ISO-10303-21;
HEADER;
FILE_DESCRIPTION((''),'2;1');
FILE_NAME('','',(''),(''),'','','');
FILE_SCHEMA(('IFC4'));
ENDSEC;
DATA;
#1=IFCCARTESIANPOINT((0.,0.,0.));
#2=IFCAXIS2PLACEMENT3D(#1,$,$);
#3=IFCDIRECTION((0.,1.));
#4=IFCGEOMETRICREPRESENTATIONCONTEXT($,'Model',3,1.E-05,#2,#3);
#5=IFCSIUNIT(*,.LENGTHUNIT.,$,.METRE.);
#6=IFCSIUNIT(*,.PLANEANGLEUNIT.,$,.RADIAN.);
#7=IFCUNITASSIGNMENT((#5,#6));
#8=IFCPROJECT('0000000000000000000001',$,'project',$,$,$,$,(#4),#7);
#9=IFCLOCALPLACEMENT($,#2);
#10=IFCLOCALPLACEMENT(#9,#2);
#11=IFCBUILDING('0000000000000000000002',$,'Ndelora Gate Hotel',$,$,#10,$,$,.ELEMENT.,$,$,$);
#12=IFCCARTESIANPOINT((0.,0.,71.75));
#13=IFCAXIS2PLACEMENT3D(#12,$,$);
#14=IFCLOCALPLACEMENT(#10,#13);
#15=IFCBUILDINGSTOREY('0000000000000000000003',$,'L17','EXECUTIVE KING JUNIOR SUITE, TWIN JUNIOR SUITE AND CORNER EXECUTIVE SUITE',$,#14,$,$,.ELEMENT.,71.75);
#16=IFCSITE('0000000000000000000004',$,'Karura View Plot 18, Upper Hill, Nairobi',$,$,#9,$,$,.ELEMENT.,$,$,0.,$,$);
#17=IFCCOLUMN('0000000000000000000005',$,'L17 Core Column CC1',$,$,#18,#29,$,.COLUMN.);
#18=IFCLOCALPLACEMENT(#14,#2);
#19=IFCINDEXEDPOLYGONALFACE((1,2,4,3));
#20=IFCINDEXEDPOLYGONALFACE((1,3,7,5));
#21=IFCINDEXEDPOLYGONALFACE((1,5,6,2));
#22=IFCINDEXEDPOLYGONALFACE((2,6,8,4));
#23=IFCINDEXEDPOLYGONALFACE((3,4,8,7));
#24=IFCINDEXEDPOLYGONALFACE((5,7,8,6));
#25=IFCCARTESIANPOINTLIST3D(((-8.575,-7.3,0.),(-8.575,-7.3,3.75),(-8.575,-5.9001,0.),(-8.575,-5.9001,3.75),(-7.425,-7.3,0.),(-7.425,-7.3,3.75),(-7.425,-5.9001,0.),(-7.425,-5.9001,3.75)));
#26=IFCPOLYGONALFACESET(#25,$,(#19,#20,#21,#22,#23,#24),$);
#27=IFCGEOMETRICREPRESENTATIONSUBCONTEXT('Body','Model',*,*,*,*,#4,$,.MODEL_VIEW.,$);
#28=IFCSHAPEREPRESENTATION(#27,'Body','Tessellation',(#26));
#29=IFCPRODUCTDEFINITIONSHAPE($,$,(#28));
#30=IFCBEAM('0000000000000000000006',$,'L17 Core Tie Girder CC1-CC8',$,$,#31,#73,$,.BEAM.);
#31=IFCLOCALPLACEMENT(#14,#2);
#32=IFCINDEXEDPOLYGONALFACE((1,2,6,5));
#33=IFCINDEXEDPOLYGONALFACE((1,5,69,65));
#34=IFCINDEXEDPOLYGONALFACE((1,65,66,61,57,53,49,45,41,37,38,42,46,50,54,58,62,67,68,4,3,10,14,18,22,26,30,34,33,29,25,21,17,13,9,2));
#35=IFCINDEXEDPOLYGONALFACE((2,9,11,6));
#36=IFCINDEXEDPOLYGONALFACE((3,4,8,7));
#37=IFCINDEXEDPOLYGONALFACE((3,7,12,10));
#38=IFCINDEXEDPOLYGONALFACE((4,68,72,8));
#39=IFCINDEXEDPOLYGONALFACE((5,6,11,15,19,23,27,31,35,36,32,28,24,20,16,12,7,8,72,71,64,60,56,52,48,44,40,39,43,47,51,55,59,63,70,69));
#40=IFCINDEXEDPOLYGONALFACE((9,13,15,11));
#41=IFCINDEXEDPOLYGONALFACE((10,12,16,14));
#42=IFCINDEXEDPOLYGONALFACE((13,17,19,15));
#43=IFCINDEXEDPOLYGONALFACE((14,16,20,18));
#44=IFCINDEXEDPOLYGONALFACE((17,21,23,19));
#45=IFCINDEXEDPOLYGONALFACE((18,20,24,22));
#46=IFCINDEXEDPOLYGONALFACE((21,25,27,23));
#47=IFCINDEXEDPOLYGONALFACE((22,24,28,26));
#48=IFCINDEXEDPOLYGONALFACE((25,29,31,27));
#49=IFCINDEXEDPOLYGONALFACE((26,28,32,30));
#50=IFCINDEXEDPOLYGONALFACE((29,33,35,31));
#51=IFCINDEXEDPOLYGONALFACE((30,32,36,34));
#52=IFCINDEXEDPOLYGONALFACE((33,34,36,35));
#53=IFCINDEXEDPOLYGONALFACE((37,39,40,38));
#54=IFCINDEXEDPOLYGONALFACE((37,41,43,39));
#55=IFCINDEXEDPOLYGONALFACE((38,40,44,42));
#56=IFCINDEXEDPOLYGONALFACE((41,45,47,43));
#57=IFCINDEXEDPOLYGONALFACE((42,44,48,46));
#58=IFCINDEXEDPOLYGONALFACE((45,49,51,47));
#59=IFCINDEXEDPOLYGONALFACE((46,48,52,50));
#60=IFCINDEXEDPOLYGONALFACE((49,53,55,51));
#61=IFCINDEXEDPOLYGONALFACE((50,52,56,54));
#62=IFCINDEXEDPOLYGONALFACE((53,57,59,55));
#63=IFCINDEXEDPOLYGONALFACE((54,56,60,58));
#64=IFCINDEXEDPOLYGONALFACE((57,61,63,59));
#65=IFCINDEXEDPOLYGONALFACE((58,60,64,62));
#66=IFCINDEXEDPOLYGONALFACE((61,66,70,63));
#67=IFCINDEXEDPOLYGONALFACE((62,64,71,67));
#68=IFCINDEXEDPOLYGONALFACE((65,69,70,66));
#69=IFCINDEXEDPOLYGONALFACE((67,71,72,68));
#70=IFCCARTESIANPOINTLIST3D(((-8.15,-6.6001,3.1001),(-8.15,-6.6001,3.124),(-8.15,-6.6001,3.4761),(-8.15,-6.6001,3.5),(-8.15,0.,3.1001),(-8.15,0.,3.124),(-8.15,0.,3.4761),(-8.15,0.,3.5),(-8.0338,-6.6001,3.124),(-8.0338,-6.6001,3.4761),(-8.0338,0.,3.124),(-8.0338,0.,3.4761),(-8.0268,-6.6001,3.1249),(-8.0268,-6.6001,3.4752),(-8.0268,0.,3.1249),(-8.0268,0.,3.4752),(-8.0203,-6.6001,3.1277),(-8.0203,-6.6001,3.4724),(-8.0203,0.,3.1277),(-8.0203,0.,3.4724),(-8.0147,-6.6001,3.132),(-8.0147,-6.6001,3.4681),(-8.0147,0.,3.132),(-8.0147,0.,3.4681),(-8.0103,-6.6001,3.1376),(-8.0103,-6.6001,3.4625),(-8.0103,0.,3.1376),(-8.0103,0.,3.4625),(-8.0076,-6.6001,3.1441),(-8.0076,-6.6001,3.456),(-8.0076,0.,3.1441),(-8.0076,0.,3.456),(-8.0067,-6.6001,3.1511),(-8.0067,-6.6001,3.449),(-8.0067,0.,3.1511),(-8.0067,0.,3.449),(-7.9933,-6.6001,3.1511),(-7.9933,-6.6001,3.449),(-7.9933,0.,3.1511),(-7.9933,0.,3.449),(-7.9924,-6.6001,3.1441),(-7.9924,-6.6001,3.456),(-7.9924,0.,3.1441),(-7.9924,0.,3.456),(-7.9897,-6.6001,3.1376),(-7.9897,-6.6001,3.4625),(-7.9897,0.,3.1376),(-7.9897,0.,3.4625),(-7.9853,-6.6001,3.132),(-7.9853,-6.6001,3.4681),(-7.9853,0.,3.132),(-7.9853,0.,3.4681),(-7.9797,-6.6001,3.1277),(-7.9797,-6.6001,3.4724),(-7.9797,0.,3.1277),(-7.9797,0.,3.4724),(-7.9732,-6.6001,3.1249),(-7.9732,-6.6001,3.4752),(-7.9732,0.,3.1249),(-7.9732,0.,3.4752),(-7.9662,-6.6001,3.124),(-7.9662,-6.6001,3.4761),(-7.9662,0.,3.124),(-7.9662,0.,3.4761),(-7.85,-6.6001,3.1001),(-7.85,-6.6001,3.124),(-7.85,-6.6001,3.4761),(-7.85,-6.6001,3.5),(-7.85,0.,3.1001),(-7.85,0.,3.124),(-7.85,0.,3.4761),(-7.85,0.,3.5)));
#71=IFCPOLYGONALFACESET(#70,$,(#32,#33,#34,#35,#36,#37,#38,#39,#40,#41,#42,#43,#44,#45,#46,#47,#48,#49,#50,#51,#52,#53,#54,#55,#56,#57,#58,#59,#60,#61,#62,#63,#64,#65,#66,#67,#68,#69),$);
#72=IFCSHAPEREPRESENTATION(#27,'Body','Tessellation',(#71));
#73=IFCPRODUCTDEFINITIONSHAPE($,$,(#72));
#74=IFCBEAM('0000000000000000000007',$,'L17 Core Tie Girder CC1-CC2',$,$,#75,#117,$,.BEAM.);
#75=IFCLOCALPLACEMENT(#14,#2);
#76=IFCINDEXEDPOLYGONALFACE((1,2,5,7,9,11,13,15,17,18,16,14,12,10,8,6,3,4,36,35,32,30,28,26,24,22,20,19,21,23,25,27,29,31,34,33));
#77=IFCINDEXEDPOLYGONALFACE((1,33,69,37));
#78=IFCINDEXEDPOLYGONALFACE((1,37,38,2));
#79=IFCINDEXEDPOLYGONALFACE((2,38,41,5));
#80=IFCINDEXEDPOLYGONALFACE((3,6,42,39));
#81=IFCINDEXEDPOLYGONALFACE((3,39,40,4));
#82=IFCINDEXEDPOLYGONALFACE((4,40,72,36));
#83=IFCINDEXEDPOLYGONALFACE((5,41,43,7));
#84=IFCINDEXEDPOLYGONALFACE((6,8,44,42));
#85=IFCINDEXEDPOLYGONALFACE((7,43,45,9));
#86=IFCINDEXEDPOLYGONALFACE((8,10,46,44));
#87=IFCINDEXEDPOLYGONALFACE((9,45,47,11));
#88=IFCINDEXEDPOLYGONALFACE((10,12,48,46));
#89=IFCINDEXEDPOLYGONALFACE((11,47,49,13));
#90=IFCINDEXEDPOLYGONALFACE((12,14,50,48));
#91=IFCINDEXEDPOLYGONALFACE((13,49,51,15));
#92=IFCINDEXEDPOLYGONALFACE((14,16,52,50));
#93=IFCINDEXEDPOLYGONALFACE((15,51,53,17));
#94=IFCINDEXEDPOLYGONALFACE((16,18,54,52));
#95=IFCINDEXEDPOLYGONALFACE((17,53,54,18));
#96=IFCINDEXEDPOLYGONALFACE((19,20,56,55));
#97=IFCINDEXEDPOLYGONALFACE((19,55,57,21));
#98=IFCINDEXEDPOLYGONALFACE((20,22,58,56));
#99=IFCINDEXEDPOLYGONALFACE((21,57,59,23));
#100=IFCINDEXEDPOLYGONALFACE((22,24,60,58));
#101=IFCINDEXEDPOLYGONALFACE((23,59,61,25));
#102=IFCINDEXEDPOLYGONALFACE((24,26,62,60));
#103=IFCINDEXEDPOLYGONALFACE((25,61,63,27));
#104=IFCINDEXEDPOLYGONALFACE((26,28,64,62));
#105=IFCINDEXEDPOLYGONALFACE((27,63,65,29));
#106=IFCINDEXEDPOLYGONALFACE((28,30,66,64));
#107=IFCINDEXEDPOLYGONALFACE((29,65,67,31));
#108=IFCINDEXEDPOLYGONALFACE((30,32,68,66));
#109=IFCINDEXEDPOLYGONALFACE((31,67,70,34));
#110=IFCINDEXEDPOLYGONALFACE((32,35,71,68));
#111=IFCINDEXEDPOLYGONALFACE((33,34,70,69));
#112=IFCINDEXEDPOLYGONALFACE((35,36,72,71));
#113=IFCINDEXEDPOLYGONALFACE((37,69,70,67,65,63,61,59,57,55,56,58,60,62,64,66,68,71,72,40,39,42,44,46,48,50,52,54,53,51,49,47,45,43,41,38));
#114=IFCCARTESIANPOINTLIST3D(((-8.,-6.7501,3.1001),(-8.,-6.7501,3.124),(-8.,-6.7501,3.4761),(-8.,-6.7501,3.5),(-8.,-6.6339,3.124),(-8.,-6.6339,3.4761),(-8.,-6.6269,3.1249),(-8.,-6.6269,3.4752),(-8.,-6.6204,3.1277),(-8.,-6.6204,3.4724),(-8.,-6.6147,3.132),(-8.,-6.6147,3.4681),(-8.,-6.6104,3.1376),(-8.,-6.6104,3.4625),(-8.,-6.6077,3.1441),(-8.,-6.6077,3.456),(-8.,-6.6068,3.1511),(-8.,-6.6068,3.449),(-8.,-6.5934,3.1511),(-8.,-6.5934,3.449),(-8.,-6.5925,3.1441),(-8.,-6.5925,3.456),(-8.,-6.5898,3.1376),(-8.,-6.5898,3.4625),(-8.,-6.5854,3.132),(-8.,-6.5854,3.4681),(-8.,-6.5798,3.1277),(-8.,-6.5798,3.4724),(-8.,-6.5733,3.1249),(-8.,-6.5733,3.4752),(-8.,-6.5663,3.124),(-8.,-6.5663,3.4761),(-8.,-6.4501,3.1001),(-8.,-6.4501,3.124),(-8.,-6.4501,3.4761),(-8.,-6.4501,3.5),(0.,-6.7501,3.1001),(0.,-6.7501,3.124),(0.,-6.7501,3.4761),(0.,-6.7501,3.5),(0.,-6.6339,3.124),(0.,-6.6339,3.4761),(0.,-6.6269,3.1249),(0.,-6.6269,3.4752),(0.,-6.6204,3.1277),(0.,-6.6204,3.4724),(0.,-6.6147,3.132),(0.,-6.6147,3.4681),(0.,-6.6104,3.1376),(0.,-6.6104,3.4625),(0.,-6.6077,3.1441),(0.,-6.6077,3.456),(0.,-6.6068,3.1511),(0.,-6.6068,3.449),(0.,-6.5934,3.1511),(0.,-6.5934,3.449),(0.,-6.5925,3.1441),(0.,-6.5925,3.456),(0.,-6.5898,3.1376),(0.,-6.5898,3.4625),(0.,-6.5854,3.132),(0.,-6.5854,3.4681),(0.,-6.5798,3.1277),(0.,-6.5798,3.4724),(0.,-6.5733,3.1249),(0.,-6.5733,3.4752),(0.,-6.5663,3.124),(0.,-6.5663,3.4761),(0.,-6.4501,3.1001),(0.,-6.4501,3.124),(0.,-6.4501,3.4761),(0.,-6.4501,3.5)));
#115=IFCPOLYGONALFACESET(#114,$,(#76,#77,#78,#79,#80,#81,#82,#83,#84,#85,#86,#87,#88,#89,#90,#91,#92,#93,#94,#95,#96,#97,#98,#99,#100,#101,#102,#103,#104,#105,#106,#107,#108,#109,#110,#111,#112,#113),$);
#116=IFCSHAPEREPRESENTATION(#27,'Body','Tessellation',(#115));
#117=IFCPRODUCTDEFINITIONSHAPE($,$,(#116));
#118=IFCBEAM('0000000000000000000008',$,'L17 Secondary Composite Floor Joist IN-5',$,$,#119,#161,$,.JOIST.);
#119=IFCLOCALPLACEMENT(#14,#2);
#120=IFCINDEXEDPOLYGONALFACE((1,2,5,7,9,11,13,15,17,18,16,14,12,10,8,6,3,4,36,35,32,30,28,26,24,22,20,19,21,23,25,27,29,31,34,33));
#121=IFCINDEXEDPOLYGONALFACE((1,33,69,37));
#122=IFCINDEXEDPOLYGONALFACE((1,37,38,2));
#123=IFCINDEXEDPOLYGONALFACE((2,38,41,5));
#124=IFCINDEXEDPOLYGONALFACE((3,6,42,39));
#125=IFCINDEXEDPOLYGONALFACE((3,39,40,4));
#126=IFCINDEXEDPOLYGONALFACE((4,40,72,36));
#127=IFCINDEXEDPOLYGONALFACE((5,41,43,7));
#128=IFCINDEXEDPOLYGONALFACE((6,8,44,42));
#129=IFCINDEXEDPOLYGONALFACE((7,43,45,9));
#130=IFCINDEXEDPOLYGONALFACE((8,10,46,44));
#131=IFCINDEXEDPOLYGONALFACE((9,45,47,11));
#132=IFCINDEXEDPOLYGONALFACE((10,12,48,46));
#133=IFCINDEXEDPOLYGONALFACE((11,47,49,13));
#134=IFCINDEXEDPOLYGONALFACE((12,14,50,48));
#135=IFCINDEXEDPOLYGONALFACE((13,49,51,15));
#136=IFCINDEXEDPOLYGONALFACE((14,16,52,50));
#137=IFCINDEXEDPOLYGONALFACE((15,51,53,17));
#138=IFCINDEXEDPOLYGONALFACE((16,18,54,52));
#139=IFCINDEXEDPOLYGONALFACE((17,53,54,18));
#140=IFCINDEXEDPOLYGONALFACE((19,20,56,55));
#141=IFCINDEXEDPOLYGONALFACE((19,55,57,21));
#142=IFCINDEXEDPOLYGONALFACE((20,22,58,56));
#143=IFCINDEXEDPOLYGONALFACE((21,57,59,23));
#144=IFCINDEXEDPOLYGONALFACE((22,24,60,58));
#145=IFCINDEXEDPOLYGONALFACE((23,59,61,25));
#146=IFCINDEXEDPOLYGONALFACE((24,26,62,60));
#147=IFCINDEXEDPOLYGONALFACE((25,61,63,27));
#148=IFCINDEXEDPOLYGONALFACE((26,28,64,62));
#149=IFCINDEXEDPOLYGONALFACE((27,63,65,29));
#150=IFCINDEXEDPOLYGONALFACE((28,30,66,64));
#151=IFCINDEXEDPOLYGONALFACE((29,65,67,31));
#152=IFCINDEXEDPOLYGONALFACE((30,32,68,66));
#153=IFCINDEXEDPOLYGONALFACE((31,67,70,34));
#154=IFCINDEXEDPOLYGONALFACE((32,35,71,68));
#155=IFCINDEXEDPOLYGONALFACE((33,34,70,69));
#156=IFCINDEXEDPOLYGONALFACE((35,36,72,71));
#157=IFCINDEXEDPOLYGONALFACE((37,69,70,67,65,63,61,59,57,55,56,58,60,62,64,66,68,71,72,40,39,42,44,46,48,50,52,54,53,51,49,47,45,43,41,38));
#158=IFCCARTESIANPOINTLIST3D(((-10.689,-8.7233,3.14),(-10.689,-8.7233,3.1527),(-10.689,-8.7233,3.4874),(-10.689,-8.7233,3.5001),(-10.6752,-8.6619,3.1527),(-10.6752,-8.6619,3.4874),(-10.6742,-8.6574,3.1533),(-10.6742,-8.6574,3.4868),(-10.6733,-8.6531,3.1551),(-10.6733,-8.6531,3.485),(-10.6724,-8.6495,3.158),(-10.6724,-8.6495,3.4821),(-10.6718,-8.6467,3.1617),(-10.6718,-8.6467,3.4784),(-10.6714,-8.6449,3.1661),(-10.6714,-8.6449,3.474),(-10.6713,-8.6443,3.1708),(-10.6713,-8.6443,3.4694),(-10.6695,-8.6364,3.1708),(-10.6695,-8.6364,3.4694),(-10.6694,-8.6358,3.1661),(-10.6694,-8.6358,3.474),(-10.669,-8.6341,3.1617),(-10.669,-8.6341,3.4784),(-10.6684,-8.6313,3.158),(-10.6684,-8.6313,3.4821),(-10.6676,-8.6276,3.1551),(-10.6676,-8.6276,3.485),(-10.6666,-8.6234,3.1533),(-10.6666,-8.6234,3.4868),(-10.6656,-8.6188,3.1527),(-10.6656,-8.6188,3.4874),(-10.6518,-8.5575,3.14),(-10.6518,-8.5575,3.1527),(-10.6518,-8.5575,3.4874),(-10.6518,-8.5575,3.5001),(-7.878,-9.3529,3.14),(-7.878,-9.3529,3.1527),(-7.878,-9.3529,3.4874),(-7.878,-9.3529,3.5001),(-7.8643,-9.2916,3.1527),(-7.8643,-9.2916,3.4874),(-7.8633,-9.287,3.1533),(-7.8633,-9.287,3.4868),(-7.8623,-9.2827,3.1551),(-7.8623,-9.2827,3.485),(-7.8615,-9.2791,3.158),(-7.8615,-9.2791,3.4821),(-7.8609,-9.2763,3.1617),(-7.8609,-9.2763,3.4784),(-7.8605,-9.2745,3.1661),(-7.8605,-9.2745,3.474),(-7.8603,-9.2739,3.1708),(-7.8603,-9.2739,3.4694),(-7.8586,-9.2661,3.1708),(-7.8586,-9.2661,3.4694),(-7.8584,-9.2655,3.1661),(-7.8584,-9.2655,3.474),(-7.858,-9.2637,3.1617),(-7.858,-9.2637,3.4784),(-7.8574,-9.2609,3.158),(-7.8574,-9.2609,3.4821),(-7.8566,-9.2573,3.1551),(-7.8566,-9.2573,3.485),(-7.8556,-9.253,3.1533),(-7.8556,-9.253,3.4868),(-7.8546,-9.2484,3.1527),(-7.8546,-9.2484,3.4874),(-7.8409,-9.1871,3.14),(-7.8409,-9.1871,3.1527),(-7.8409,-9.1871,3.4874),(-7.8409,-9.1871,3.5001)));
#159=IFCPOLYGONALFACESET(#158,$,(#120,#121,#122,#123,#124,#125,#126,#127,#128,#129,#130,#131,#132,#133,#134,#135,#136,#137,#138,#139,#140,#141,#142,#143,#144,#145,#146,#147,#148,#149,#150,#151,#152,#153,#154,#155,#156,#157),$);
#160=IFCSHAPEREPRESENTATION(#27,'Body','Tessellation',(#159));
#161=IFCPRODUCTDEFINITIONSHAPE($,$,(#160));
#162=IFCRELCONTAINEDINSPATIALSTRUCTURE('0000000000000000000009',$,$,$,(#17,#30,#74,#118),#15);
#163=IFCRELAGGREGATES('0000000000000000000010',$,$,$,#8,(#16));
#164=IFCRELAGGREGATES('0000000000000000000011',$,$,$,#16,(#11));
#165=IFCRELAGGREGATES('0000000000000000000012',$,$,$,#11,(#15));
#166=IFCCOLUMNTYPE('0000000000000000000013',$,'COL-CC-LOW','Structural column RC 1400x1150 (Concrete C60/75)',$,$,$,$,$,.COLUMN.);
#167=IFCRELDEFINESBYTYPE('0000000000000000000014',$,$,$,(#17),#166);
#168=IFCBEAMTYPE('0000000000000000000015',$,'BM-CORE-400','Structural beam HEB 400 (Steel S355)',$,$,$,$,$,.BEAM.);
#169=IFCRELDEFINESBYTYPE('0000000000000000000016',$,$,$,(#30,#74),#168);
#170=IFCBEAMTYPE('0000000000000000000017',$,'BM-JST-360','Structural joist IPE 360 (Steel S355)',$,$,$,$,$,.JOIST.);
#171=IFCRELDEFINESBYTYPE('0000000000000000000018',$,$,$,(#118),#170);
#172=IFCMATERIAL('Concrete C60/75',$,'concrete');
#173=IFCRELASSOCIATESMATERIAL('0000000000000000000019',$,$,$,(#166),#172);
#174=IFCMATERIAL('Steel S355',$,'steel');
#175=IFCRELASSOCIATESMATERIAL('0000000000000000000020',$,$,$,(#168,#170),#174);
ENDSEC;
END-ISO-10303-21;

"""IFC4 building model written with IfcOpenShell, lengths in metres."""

from ifc_helpers import new_model, si_unit, direction, frame, origin, origin_2d, place, context, subcontext, project, spatial, rectangle, i_section, extrude, material, material_profile, profile_set, type_object, element, save


model = new_model("IFC4")

# Units and contexts
model_context = context("Model", 3, precision=1e-05, world=origin(), true_north=direction((0.0, 1.0)))
body_context = subcontext(model_context, "Body", "Model", "MODEL_VIEW")
ifc_project = project(units=[si_unit("LENGTHUNIT", "METRE"), si_unit("PLANEANGLEUNIT", "RADIAN")], contexts=[model_context])

# Site, building, storey
site_placement = place(None, origin())
site = spatial("IfcSite", under=ifc_project, at=site_placement, Name="Karura View Plot 18, Upper Hill, Nairobi", CompositionType="ELEMENT", RefElevation=0.0)
building_placement = place(site_placement, origin())
building = spatial("IfcBuilding", under=site, at=building_placement, Name="Ndelora Gate Hotel", CompositionType="ELEMENT")
storey_placement = place(building_placement, frame((0.0, 0.0, 71.75)))
storey = spatial("IfcBuildingStorey", under=building, at=storey_placement, Name="L17", Description="EXECUTIVE KING JUNIOR SUITE, TWIN JUNIOR SUITE AND CORNER EXECUTIVE SUITE", CompositionType="ELEMENT", Elevation=71.75)

# Column
ifc_material_1 = material(Name="Concrete C60/75", Category="concrete")
ifc_material_profile_1 = material_profile(ifc_material_1, rectangle(XDim=1.1499, YDim=1.3999, at=origin_2d()), Name="RC 1400x1150")
ifc_profile_set_1 = profile_set([ifc_material_profile_1], Name="Concrete C60/75")
column_type = type_object("IfcColumnType", Name="COL-CC-LOW", Description="Structural column RC 1400x1150 (Concrete C60/75)", PredefinedType="COLUMN", material=ifc_profile_set_1)
column_placement = place(storey_placement, frame((-8.0, -6.6001, 0.0), z_axis=(0.0, 0.0, 1.0), x_axis=(1.0, 0.0, 0.0)))
element("IfcColumn", 1, at=column_placement, inside=storey, type_object=column_type, Name="L17 Core Column CC1", PredefinedType="COLUMN", context=body_context, shape_type="SweptSolid", body=[
    extrude(rectangle(XDim=1.1499, YDim=1.3999, at=origin_2d()), origin(), (0.0, 0.0, 1.0), 3.75),
])

# Beams
ifc_material_2 = material(Name="Steel S355", Category="steel")
ifc_material_profile_2 = material_profile(ifc_material_2, i_section(OverallWidth=0.3, OverallDepth=0.3999, WebThickness=0.0134, FlangeThickness=0.0239, FilletRadius=0.0271, at=origin_2d()), Name="HEB 400")
ifc_profile_set_2 = profile_set([ifc_material_profile_2], Name="Steel S355")
beam_type_1 = type_object("IfcBeamType", Name="BM-CORE-400", Description="Structural beam HEB 400 (Steel S355)", PredefinedType="BEAM", material=ifc_profile_set_2)
beam_1_placement = place(storey_placement, frame((-8.0, -6.6001, 3.3), z_axis=(0.0, 1.0, 0.0), x_axis=(-1.0, 0.0, 0.0)))
element("IfcBeam", 2, at=beam_1_placement, inside=storey, type_object=beam_type_1, Name="L17 Core Tie Girder CC1-CC8", PredefinedType="BEAM", context=body_context, shape_type="SweptSolid", body=[
    extrude(i_section(OverallWidth=0.3, OverallDepth=0.3999, WebThickness=0.0134, FlangeThickness=0.0239, FilletRadius=0.0271, at=origin_2d()), origin(), (0.0, 0.0, 1.0), 6.6001),
])
beam_2_placement = place(storey_placement, frame((-8.0, -6.6001, 3.3), z_axis=(1.0, 0.0, 0.0), x_axis=(0.0, 1.0, 0.0)))
element("IfcBeam", 3, at=beam_2_placement, inside=storey, type_object=beam_type_1, Name="L17 Core Tie Girder CC1-CC2", PredefinedType="BEAM", context=body_context, shape_type="SweptSolid", body=[
    extrude(i_section(OverallWidth=0.3, OverallDepth=0.3999, WebThickness=0.0134, FlangeThickness=0.0239, FilletRadius=0.0271, at=origin_2d()), origin(), (0.0, 0.0, 1.0), 8.0),
])
ifc_material_profile_3 = material_profile(ifc_material_2, i_section(OverallWidth=0.1699, OverallDepth=0.3601, WebThickness=0.0081, FlangeThickness=0.0127, FilletRadius=0.0181, at=origin_2d()), Name="IPE 360")
ifc_profile_set_3 = profile_set([ifc_material_profile_3], Name="Steel S355")
beam_type_2 = type_object("IfcBeamType", Name="BM-JST-360", Description="Structural joist IPE 360 (Steel S355)", PredefinedType="JOIST", material=ifc_profile_set_3)
beam_3_placement = place(storey_placement, frame((-10.6704, -8.6404, 3.3201), z_axis=(0.975821, -0.218572, 0.0), x_axis=(0.218572, 0.975821, 0.0)))
element("IfcBeam", 4, at=beam_3_placement, inside=storey, type_object=beam_type_2, Name="L17 Secondary Composite Floor Joist IN-5", PredefinedType="JOIST", context=body_context, shape_type="SweptSolid", body=[
    extrude(i_section(OverallWidth=0.1699, OverallDepth=0.3601, WebThickness=0.0081, FlangeThickness=0.0127, FilletRadius=0.0181, at=origin_2d()), origin(), (0.0, 0.0, 1.0), 2.8806),
])

save(model, "model.ifc")
